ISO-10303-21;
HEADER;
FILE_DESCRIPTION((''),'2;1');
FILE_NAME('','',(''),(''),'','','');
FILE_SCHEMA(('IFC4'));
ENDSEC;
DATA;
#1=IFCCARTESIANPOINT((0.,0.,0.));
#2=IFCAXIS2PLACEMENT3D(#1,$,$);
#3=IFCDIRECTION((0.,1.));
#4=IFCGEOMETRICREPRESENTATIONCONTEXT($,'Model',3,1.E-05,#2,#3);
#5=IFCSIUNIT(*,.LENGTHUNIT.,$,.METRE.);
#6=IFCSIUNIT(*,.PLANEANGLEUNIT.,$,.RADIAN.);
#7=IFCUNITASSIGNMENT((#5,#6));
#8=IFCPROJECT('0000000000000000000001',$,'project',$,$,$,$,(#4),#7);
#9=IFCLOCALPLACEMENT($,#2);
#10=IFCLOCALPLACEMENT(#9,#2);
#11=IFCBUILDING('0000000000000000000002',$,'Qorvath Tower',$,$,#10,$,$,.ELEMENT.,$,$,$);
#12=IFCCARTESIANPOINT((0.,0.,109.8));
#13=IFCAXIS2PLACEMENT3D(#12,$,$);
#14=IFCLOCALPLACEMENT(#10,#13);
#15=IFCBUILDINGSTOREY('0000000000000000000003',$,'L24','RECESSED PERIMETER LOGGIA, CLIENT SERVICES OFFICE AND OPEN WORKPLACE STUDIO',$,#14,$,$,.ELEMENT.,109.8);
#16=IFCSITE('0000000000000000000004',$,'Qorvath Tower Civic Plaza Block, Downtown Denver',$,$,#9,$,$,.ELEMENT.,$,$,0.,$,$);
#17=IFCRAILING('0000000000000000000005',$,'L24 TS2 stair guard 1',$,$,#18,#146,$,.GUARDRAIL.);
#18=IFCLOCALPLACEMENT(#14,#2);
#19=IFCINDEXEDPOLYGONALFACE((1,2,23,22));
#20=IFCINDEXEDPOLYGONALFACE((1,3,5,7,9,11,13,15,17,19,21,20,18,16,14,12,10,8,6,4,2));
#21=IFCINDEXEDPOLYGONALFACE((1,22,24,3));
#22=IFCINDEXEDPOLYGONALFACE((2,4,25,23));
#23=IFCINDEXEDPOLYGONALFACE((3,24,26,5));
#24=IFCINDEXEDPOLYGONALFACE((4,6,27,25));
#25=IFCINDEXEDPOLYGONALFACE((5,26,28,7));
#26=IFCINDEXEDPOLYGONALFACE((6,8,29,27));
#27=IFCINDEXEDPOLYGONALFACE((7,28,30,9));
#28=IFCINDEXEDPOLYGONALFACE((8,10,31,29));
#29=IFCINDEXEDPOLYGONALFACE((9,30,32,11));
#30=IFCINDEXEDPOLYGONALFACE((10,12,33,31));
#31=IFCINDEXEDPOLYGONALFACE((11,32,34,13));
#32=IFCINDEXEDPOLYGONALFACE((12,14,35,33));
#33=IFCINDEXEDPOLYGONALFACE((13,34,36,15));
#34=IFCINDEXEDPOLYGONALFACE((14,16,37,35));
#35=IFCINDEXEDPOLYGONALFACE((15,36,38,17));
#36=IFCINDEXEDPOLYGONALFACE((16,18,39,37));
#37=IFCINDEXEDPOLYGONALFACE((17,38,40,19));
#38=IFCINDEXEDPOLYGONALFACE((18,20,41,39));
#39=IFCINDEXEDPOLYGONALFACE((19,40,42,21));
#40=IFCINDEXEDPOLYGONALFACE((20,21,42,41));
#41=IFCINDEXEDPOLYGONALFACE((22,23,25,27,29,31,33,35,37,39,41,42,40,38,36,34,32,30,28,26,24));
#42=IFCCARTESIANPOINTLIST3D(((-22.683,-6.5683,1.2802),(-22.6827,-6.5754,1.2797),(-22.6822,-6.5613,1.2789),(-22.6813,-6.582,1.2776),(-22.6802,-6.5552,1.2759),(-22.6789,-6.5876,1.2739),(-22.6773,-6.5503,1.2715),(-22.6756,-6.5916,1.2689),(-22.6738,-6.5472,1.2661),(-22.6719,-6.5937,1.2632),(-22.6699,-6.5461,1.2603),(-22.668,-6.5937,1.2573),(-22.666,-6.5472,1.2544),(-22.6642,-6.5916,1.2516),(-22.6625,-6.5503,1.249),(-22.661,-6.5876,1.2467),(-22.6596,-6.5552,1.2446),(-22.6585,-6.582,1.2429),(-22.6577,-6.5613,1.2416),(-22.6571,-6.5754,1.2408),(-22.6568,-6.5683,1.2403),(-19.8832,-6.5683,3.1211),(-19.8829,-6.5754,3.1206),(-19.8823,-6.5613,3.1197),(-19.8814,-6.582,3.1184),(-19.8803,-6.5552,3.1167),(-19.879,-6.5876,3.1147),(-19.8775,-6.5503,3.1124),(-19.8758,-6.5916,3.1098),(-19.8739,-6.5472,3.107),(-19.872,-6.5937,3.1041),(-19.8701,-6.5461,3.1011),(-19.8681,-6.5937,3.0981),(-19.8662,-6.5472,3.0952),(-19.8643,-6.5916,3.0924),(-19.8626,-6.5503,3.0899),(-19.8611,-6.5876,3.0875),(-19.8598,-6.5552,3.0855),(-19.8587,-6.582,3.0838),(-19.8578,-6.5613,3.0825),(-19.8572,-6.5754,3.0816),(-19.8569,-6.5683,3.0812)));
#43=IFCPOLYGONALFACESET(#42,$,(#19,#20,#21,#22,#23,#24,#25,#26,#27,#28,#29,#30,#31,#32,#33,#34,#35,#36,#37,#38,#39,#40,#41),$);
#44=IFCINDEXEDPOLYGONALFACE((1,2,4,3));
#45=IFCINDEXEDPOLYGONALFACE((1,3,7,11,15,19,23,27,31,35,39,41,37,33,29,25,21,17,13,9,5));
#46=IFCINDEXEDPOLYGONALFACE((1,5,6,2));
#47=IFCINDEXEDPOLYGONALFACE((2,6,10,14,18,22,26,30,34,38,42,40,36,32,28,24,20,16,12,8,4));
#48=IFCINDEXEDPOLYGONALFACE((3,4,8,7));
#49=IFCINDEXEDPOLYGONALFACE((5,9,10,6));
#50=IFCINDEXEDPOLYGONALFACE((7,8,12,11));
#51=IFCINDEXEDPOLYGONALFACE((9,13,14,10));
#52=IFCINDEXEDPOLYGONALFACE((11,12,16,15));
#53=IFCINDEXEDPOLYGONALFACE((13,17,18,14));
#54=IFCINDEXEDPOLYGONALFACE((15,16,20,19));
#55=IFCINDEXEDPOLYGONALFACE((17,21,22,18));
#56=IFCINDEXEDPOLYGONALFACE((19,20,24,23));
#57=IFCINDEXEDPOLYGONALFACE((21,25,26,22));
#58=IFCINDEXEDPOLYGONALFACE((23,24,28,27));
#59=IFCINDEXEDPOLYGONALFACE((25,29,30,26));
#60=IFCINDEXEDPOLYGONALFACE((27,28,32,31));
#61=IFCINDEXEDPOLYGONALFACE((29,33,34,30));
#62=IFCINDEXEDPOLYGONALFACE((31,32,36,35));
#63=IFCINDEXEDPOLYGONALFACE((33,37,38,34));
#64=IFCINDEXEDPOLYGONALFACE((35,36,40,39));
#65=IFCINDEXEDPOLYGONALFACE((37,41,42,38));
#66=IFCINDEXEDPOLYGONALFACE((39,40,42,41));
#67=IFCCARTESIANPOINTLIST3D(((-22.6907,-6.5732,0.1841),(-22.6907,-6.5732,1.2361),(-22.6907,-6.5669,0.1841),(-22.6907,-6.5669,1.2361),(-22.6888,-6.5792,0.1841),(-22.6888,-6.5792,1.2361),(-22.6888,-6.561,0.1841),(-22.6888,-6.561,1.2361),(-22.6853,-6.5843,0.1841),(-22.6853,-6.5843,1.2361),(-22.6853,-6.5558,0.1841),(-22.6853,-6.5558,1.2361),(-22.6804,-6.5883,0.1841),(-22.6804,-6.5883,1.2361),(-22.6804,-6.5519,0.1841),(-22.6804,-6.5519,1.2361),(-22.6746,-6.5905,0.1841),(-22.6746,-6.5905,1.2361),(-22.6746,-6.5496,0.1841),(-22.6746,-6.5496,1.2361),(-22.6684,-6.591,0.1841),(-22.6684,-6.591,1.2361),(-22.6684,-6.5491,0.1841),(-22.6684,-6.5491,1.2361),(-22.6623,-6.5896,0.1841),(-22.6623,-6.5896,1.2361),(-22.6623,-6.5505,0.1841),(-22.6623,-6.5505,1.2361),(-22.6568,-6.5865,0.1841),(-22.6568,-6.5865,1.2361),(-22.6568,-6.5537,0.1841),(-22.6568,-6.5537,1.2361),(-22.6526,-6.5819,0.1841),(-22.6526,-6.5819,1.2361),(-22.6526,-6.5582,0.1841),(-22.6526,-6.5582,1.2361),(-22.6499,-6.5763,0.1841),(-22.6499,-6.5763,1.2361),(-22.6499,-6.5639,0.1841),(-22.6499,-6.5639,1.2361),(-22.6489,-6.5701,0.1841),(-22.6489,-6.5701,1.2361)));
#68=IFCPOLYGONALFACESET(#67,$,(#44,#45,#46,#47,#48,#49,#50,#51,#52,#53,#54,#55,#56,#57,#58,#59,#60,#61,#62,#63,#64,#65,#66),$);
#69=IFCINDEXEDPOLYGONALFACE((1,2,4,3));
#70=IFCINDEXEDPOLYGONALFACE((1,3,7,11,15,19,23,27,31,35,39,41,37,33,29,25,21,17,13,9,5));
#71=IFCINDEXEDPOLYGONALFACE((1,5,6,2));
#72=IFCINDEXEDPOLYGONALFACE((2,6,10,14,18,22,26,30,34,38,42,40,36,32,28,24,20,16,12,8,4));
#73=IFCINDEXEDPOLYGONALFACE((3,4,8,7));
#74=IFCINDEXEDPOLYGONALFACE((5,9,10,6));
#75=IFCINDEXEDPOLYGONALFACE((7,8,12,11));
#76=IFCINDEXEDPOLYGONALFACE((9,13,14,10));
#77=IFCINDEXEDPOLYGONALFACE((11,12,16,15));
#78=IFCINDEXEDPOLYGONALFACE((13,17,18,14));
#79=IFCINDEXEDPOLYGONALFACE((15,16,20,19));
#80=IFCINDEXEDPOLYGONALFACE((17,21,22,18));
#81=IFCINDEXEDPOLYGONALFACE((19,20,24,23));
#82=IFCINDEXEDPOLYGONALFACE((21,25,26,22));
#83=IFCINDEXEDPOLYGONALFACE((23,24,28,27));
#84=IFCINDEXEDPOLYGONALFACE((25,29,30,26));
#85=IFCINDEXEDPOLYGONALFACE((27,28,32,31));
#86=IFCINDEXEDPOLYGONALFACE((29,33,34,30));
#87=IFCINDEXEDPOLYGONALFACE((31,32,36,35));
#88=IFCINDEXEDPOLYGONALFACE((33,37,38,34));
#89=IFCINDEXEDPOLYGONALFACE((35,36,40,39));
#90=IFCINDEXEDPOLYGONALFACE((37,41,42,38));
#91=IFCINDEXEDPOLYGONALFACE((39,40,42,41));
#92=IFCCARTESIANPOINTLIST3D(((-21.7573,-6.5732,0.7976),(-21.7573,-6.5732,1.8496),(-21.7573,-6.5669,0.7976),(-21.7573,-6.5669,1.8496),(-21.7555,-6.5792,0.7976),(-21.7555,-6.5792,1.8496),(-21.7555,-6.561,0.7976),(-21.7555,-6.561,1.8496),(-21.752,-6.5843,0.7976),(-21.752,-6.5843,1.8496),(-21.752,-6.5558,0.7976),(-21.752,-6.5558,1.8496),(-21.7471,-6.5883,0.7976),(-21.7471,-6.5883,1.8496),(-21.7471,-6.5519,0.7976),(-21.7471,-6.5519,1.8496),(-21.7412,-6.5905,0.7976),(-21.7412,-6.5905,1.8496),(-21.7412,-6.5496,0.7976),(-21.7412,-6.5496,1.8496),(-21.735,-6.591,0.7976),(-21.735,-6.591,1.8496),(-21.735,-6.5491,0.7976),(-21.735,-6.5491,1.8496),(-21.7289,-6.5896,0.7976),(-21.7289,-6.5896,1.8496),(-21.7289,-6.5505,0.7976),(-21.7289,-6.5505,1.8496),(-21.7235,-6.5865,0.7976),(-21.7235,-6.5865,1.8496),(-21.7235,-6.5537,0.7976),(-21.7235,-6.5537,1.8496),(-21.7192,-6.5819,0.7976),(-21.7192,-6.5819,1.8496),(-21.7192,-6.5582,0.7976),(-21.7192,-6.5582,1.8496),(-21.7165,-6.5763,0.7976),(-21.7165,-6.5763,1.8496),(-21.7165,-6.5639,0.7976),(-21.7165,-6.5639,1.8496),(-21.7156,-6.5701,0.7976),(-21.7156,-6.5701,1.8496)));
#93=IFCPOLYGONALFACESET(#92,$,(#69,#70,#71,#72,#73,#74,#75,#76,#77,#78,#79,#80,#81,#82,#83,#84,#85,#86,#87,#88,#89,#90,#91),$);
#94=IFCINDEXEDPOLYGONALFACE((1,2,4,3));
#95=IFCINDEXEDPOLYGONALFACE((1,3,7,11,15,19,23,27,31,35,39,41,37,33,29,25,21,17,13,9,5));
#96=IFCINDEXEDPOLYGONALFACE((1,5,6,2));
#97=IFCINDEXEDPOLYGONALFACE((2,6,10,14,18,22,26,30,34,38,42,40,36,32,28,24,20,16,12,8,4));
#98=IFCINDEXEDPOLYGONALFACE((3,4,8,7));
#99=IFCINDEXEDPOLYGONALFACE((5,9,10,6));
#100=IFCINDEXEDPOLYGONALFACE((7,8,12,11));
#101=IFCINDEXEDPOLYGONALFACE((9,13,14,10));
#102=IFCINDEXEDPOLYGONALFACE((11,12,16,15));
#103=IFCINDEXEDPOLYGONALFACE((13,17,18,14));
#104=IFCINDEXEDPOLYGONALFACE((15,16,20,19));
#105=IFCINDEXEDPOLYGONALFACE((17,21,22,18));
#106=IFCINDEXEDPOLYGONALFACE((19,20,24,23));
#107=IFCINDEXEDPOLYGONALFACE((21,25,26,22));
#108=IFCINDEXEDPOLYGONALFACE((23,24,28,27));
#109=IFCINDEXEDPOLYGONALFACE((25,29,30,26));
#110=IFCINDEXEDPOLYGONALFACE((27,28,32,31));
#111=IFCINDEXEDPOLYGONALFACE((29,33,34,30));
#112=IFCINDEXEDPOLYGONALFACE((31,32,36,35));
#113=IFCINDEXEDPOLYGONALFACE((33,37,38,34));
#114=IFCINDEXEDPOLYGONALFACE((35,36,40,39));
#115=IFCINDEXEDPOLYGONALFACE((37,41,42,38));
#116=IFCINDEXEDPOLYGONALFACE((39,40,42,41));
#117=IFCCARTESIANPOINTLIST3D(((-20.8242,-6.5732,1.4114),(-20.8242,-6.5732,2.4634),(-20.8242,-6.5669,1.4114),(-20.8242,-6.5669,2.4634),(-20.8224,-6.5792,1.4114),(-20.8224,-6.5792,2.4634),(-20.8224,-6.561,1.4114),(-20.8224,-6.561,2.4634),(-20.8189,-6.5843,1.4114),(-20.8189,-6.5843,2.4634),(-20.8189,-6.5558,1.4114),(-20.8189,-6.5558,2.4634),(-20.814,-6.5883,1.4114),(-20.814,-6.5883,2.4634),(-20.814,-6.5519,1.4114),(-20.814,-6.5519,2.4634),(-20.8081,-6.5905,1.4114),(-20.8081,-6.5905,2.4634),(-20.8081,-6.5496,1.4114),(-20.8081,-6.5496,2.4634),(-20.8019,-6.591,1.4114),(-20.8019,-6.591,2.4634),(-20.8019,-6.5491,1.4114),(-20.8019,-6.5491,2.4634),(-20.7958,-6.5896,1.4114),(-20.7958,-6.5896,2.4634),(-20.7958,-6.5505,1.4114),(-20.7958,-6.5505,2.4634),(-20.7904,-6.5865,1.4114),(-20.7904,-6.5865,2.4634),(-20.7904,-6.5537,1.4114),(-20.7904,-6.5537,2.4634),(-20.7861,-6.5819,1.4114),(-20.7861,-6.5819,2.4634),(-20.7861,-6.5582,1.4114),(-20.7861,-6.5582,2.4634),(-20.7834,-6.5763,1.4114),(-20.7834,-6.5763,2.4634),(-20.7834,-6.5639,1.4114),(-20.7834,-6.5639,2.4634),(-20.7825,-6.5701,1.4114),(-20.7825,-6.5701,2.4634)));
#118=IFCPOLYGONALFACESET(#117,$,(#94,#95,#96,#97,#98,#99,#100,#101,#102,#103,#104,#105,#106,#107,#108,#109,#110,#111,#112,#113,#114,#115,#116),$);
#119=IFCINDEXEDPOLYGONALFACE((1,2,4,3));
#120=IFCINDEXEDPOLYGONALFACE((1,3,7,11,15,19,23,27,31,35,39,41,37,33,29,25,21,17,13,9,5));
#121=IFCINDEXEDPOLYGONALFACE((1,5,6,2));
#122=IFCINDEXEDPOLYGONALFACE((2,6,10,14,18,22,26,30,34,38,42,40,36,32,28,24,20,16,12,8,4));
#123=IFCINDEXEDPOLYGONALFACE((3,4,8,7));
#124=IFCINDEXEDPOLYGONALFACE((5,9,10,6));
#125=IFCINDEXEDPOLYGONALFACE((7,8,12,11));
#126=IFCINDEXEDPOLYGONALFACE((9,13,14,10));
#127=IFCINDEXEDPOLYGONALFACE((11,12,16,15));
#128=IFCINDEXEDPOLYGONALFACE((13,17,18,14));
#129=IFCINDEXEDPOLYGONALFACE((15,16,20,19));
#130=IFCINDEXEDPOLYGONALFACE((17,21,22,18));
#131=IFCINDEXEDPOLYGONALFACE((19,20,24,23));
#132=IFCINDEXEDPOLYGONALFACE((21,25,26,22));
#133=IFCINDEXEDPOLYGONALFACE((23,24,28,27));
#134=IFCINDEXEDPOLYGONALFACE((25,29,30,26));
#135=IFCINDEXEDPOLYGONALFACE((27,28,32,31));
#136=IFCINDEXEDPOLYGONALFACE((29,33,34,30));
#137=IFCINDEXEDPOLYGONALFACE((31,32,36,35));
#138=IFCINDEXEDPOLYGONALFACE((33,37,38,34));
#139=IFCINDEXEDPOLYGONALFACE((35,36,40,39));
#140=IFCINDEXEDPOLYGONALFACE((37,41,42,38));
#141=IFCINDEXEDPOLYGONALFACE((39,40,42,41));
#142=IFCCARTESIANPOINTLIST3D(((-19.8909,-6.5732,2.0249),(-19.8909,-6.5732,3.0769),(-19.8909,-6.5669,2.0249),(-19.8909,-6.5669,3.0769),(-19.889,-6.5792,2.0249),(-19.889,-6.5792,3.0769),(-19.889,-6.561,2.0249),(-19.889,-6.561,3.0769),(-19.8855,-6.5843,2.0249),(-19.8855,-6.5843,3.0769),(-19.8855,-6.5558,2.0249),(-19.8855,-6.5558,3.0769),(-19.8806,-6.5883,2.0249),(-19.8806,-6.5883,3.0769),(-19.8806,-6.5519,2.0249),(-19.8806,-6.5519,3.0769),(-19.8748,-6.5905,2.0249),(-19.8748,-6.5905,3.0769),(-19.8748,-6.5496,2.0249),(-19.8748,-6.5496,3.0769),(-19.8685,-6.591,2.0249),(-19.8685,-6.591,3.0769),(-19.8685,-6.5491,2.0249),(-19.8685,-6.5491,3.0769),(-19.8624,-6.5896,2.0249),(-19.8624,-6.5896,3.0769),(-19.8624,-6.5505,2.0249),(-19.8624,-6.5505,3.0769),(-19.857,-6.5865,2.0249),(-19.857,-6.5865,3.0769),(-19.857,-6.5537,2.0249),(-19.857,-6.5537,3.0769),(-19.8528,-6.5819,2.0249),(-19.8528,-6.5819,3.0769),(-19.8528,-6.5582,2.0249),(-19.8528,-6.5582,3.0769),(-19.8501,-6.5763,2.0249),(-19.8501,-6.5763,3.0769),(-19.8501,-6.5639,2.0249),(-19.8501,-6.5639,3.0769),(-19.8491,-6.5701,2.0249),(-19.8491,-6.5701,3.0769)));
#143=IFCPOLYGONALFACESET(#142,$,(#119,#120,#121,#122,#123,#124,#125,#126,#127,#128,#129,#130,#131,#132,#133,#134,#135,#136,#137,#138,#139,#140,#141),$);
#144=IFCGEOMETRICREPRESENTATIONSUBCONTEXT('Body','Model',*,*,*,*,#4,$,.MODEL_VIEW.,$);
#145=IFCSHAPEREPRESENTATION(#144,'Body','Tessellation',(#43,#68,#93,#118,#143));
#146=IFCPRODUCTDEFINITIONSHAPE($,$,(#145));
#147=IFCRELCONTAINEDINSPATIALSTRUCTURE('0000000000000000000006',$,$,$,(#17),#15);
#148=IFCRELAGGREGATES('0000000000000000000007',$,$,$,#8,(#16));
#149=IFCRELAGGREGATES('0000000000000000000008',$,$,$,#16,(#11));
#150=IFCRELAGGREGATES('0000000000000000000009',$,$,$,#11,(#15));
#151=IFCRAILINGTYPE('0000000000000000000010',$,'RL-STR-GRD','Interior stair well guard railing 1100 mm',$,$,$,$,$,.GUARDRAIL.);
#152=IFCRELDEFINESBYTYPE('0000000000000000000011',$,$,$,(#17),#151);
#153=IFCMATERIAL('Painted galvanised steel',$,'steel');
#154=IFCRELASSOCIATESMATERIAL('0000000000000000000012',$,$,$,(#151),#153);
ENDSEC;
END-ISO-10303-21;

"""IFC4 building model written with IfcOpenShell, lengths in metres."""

from ifc_helpers import new_model, si_unit, direction, frame, origin, origin_2d, place, context, subcontext, project, spatial, circle, extrude, material, type_object, element, save


model = new_model("IFC4")

# Units and contexts
model_context = context("Model", 3, precision=1e-05, world=origin(), true_north=direction((0.0, 1.0)))
body_context = subcontext(model_context, "Body", "Model", "MODEL_VIEW")
ifc_project = project(units=[si_unit("LENGTHUNIT", "METRE"), si_unit("PLANEANGLEUNIT", "RADIAN")], contexts=[model_context])

# Site, building, storey
site_placement = place(None, origin())
site = spatial("IfcSite", under=ifc_project, at=site_placement, Name="Qorvath Tower Civic Plaza Block, Downtown Denver", CompositionType="ELEMENT", RefElevation=0.0)
building_placement = place(site_placement, origin())
building = spatial("IfcBuilding", under=site, at=building_placement, Name="Qorvath Tower", CompositionType="ELEMENT")
storey_placement = place(building_placement, frame((0.0, 0.0, 109.8)))
storey = spatial("IfcBuildingStorey", under=building, at=storey_placement, Name="L24", Description="RECESSED PERIMETER LOGGIA, CLIENT SERVICES OFFICE AND OPEN WORKPLACE STUDIO", CompositionType="ELEMENT", Elevation=109.8)

# Railing
ifc_material_1 = material(Name="Painted galvanised steel", Category="steel")
railing_type_1 = type_object("IfcRailingType", Name="RL-STR-GRD", Description="Interior stair well guard railing 1100 mm", PredefinedType="GUARDRAIL", material=ifc_material_1)
railing_1_placement = place(storey_placement, frame((-22.6699, -6.5701, 0.1841)))
element("IfcRailing", 1, at=railing_1_placement, inside=storey, type_object=railing_type_1, Name="L24 TS2 stair guard 1", PredefinedType="GUARDRAIL", context=body_context, shape_type="SweptSolid", body=[
    extrude(circle(Radius=0.0239, at=origin_2d()), frame((0.0, 0.0, 1.0762), z_axis=(0.835576, 0.0, 0.549376), x_axis=(0.0, 1.0, 0.0)), (0.0, 0.0, 1.0), 3.3508),
    extrude(circle(Radius=0.021, at=origin_2d()), origin(), (0.0, 0.0, 1.0), 1.052),
    extrude(circle(Radius=0.021, at=origin_2d()), frame((0.9333, 0.0, 0.6135)), (0.0, 0.0, 1.0), 1.052),
    extrude(circle(Radius=0.021, at=origin_2d()), frame((1.8665, 0.0, 1.2273)), (0.0, 0.0, 1.0), 1.052),
    extrude(circle(Radius=0.021, at=origin_2d()), frame((2.7998, 0.0, 1.8408)), (0.0, 0.0, 1.0), 1.052),
])

save(model, "model.ifc")
